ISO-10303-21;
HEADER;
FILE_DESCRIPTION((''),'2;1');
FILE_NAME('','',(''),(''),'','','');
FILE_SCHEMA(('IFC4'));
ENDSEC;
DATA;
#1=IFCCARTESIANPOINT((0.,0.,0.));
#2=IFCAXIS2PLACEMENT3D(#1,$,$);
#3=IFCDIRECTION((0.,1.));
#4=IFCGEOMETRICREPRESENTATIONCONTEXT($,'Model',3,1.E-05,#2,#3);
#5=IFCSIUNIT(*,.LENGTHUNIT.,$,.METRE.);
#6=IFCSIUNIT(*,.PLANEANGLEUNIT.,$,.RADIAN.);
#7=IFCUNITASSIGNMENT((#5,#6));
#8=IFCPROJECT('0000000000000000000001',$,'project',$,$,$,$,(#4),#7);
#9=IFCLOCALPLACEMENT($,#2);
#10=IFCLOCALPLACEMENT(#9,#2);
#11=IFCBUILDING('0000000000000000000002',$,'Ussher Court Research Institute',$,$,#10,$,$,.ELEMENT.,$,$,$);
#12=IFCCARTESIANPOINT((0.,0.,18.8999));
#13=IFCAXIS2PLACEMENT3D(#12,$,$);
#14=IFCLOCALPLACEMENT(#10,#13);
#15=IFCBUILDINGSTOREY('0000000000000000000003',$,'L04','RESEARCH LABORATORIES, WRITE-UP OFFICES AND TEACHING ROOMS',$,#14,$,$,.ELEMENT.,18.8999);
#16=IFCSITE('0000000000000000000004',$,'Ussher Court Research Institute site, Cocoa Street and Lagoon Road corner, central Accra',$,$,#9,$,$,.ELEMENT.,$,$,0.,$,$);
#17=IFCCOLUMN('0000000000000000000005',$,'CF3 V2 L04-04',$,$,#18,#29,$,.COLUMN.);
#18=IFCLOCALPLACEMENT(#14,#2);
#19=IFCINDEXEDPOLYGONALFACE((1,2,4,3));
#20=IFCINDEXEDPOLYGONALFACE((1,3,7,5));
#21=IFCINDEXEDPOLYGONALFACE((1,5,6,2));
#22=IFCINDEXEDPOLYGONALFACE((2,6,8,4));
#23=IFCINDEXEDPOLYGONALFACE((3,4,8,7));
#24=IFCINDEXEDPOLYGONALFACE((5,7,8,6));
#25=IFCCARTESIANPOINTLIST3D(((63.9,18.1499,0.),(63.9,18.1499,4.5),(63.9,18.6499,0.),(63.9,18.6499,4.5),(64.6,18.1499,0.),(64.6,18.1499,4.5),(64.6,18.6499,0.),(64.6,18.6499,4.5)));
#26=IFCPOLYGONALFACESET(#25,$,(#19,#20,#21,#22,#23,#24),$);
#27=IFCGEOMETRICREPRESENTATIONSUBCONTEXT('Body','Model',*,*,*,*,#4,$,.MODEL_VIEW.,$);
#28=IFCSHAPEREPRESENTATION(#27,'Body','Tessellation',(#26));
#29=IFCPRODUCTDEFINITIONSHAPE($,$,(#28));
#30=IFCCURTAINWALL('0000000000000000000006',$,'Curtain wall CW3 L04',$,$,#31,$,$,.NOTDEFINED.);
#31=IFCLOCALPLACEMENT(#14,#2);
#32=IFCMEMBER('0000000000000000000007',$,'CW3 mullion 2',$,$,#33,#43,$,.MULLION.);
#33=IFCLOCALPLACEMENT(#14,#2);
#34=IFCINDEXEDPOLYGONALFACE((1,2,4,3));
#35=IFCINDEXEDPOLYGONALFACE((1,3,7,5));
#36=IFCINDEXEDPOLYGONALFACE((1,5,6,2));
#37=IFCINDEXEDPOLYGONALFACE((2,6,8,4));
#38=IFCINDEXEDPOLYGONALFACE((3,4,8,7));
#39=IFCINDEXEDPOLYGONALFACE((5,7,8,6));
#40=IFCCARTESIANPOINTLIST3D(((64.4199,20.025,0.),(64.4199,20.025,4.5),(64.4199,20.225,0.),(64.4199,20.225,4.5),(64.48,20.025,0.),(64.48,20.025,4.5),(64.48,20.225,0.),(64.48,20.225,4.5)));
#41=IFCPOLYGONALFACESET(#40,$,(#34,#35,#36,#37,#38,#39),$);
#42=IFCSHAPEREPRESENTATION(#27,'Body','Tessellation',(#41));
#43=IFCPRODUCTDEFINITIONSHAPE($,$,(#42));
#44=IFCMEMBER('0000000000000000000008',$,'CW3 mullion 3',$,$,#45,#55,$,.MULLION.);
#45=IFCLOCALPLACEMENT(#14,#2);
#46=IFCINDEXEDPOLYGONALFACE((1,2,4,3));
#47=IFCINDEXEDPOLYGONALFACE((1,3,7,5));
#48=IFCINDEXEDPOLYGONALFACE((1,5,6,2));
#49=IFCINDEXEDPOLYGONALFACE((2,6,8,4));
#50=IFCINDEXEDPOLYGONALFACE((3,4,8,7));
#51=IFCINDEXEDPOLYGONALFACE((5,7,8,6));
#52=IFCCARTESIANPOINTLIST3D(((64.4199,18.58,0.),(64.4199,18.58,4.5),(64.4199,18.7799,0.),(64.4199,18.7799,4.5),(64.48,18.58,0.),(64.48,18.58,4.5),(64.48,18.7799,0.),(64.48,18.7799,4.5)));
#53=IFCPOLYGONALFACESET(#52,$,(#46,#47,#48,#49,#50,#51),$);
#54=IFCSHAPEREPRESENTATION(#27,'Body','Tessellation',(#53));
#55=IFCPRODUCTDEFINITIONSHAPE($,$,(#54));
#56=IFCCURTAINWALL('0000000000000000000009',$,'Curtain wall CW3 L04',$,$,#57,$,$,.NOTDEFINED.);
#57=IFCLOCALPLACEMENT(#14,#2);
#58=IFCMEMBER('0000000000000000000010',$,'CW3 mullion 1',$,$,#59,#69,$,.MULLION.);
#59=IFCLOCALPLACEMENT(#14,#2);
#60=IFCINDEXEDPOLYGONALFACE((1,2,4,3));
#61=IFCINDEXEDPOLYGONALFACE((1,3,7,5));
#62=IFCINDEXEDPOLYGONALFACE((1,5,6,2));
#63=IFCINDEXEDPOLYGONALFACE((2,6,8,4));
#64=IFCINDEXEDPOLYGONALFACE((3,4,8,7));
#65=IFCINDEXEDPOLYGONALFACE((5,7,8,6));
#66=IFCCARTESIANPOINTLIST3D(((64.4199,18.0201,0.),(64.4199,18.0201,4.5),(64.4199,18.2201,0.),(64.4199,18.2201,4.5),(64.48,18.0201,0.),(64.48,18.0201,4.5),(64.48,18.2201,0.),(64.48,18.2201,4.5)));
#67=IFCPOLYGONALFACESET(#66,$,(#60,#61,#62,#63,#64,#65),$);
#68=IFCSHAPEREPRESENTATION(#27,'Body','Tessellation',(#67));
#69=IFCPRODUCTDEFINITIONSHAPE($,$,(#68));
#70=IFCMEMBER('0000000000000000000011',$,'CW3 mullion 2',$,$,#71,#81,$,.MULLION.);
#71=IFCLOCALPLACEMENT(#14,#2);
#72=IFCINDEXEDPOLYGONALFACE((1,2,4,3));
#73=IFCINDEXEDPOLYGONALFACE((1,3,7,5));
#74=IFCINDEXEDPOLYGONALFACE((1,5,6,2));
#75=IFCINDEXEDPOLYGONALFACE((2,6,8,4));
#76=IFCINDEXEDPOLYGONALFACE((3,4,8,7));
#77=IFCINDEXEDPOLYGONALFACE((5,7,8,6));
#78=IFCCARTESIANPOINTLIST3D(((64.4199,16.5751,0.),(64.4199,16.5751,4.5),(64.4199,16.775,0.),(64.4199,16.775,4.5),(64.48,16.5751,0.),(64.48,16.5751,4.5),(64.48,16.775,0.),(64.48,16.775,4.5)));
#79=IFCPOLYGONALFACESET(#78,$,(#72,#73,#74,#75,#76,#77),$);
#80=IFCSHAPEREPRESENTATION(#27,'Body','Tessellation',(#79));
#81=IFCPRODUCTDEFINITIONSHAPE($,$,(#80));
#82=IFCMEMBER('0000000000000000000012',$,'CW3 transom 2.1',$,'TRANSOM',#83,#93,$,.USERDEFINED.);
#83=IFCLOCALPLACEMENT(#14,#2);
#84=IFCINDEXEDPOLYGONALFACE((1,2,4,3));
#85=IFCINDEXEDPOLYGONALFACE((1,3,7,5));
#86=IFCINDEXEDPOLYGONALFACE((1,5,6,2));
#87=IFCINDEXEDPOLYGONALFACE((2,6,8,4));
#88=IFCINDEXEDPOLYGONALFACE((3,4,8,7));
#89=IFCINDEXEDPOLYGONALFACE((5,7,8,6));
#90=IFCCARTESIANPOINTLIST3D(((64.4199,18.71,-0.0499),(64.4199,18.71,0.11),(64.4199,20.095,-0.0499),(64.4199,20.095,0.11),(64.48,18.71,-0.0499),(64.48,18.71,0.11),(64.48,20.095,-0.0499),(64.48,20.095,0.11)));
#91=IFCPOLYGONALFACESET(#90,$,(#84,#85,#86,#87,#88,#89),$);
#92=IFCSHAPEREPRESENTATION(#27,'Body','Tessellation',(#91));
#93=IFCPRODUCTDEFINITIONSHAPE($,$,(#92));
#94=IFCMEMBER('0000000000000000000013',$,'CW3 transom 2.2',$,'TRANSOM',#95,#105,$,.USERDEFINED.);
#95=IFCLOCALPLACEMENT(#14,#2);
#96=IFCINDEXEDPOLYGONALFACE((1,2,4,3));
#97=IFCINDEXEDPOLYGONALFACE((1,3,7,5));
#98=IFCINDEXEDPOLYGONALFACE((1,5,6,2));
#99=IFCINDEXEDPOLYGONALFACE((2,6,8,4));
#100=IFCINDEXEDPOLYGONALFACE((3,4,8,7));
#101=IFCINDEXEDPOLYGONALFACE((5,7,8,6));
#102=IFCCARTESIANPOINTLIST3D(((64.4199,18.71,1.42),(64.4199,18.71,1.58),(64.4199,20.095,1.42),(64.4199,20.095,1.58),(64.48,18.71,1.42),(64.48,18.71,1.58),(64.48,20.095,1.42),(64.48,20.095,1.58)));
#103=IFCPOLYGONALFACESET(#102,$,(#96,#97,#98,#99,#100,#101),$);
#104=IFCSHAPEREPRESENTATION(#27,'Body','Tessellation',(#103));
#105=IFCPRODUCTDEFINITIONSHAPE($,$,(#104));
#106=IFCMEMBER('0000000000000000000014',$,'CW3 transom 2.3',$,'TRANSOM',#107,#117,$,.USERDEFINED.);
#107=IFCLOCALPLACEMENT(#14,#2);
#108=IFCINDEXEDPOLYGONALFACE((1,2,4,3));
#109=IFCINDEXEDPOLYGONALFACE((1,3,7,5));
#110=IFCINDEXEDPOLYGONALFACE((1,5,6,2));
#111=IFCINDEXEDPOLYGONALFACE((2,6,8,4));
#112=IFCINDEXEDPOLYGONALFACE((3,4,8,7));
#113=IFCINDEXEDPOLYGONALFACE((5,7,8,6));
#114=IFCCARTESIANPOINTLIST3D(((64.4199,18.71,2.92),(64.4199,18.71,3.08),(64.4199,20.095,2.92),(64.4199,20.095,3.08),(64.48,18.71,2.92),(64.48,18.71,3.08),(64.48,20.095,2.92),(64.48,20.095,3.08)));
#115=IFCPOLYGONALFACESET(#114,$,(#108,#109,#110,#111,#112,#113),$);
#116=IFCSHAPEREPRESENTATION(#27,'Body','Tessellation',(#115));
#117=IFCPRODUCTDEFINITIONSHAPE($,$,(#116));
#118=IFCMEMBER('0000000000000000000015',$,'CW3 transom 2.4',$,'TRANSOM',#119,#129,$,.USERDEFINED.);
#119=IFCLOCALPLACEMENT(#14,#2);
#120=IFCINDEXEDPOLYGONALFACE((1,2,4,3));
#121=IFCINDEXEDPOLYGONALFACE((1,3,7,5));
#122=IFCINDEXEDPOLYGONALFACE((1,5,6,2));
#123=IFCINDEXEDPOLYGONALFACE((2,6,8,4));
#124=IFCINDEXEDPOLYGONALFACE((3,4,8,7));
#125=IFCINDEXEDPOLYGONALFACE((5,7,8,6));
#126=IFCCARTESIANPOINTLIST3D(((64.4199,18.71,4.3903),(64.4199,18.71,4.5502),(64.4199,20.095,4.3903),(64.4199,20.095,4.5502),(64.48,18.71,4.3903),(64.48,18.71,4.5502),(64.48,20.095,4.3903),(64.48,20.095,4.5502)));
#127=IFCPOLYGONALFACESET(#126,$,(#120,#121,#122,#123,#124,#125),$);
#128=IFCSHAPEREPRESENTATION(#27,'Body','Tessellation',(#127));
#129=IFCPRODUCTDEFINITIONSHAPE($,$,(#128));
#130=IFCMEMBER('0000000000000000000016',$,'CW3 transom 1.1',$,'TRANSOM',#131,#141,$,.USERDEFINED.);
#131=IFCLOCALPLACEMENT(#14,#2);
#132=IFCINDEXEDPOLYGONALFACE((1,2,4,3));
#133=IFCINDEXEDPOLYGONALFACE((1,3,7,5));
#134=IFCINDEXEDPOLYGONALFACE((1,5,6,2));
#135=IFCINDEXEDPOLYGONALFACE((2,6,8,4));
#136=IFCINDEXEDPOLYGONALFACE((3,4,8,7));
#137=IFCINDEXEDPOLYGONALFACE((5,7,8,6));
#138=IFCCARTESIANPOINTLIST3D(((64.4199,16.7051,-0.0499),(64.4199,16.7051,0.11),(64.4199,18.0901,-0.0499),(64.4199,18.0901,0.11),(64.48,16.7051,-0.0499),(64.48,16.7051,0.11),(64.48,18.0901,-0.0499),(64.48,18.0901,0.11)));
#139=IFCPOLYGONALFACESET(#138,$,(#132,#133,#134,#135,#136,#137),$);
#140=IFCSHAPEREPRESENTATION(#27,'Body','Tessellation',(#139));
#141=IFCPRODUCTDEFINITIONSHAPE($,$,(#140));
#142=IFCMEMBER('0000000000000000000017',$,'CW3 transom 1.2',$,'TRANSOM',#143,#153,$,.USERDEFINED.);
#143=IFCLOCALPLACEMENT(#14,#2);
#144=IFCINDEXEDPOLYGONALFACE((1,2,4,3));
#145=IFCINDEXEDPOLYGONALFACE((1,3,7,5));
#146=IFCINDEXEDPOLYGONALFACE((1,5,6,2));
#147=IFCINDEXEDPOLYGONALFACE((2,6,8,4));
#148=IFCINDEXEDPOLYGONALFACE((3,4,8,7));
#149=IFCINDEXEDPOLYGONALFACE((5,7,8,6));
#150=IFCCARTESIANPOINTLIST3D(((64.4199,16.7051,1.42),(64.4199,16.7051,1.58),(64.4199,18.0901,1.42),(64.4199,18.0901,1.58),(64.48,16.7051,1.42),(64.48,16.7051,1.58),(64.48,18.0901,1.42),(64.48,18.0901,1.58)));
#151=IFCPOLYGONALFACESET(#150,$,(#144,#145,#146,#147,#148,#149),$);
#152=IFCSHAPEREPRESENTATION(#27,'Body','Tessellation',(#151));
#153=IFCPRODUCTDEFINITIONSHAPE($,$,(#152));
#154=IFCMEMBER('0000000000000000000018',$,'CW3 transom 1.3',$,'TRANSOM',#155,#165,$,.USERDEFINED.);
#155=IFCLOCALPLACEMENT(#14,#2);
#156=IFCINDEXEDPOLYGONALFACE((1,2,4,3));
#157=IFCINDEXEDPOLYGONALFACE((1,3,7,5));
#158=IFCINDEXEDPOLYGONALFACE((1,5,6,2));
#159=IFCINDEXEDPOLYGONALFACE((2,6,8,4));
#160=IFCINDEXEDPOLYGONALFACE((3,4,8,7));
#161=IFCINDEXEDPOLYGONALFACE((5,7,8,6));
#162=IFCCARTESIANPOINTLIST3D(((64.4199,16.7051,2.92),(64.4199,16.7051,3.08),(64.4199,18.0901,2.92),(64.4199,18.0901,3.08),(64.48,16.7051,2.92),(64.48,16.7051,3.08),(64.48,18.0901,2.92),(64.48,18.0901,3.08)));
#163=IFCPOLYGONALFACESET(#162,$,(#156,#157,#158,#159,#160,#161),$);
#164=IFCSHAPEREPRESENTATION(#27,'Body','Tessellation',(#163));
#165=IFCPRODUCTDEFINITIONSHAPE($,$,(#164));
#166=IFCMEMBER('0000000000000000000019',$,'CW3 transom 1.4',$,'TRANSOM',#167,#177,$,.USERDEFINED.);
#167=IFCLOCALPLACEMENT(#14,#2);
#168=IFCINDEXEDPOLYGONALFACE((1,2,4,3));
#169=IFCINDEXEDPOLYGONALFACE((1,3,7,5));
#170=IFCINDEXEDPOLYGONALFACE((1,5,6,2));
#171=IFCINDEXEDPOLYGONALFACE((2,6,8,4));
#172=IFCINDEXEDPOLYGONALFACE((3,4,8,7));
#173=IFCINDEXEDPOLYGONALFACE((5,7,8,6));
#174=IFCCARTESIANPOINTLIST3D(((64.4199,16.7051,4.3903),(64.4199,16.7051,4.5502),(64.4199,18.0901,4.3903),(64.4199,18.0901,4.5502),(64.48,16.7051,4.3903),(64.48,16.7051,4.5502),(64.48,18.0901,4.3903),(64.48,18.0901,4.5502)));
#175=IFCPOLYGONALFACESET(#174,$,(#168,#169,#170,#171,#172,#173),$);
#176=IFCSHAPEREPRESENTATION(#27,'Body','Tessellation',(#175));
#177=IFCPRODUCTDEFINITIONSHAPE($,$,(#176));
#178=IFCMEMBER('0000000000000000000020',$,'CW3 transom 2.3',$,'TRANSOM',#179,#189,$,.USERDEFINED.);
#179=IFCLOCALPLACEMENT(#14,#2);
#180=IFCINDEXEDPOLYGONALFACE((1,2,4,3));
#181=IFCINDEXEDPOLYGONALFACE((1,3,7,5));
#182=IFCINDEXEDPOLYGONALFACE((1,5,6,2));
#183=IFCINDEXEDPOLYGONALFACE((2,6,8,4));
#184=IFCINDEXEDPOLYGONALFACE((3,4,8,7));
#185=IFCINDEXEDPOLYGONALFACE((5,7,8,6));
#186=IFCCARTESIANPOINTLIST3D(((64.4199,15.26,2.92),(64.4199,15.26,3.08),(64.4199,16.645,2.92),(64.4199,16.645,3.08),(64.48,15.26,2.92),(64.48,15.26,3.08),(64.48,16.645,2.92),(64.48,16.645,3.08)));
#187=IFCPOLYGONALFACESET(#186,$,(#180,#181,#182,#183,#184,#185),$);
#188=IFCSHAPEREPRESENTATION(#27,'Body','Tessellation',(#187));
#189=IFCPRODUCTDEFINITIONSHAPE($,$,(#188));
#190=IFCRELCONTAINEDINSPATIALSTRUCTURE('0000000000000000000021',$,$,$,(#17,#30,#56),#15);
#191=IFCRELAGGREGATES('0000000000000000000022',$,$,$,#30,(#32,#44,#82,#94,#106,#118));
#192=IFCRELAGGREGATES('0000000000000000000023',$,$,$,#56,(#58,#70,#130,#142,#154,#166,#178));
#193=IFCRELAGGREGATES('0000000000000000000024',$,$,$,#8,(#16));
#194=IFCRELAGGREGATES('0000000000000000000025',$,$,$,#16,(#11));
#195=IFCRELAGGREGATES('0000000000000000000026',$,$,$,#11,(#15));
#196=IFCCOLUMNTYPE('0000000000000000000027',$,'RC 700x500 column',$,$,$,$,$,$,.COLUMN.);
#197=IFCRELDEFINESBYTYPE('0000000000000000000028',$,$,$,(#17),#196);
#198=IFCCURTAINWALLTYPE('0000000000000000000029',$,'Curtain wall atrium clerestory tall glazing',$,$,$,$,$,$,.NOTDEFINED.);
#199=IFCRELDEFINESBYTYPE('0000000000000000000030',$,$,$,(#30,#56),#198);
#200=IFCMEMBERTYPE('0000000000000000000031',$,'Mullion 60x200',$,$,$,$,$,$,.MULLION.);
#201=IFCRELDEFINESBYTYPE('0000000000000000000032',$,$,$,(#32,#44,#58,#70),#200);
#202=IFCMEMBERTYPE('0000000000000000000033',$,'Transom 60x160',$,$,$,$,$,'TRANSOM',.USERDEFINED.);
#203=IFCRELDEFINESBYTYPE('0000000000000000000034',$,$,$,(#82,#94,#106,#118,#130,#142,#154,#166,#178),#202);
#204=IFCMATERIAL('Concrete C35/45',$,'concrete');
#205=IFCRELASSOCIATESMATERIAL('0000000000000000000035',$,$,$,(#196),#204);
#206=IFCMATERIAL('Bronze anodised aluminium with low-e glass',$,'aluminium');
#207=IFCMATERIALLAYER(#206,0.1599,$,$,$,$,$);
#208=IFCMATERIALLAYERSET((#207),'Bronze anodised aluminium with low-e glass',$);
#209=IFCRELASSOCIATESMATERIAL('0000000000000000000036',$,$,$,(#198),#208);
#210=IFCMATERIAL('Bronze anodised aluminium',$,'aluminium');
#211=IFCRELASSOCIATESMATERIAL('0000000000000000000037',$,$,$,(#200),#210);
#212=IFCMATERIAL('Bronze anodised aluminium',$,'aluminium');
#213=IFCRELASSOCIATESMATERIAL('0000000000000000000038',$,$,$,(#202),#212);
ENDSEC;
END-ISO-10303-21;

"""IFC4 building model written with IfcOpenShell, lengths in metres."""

from ifc_helpers import new_model, si_unit, direction, frame, origin, origin_2d, place, context, subcontext, project, spatial, rectangle, extrude, material, layer, layer_set, material_profile, profile_set, type_object, element, aggregate, save


model = new_model("IFC4")

# Units and contexts
model_context = context("Model", 3, precision=1e-05, world=origin(), true_north=direction((0.0, 1.0)))
body_context = subcontext(model_context, "Body", "Model", "MODEL_VIEW")
ifc_project = project(units=[si_unit("LENGTHUNIT", "METRE"), si_unit("PLANEANGLEUNIT", "RADIAN")], contexts=[model_context])

# Site, building, storey
site_placement = place(None, origin())
site = spatial("IfcSite", under=ifc_project, at=site_placement, Name="Ussher Court Research Institute site, Cocoa Street and Lagoon Road corner, central Accra", CompositionType="ELEMENT", RefElevation=0.0)
building_placement = place(site_placement, origin())
building = spatial("IfcBuilding", under=site, at=building_placement, Name="Ussher Court Research Institute", CompositionType="ELEMENT")
storey_placement = place(building_placement, frame((0.0, 0.0, 18.8999)))
storey = spatial("IfcBuildingStorey", under=building, at=storey_placement, Name="L04", Description="RESEARCH LABORATORIES, WRITE-UP OFFICES AND TEACHING ROOMS", CompositionType="ELEMENT", Elevation=18.8999)

# Column
ifc_material_1 = material(Name="Concrete C35/45", Category="concrete")
ifc_material_profile_1 = material_profile(ifc_material_1, rectangle(XDim=0.7, YDim=0.5, at=origin_2d()), Name="RC 700x500")
ifc_profile_set_1 = profile_set([ifc_material_profile_1], Name="Concrete C35/45")
column_type = type_object("IfcColumnType", Name="RC 700x500 column", PredefinedType="COLUMN", material=ifc_profile_set_1)
column_placement = place(storey_placement, frame((64.25, 18.3999, 0.0), z_axis=(0.0, 0.0, 1.0), x_axis=(1.0, 0.0, 0.0)))
element("IfcColumn", 1, at=column_placement, inside=storey, type_object=column_type, Name="CF3 V2 L04-04", PredefinedType="COLUMN", context=body_context, shape_type="SweptSolid", body=[
    extrude(rectangle(XDim=0.7, YDim=0.5, at=origin_2d()), origin(), (0.0, 0.0, 1.0), 4.5),
])

# Curtain walls, members
ifc_material_2 = material(Name="Bronze anodised aluminium with low-e glass", Category="aluminium")
ifc_layer_1 = layer(ifc_material_2, 0.1599)
ifc_layer_set_1 = layer_set([ifc_layer_1], Name="Bronze anodised aluminium with low-e glass")
curtain_wall_type = type_object("IfcCurtainWallType", Name="Curtain wall atrium clerestory tall glazing", PredefinedType="NOTDEFINED", material=ifc_layer_set_1)
curtain_wall_1_placement = place(storey_placement, origin())
curtain_wall_1 = element("IfcCurtainWall", 2, at=curtain_wall_1_placement, inside=storey, type_object=curtain_wall_type, Name="Curtain wall CW3 L04", PredefinedType="NOTDEFINED")
ifc_material_3 = material(Name="Bronze anodised aluminium", Category="aluminium")
ifc_material_profile_2 = material_profile(ifc_material_3, rectangle(XDim=0.0601, YDim=0.2, at=origin_2d()), Name="Mullion 60x200")
ifc_profile_set_2 = profile_set([ifc_material_profile_2], Name="Bronze anodised aluminium")
member_type_1 = type_object("IfcMemberType", Name="Mullion 60x200", PredefinedType="MULLION", material=ifc_profile_set_2)
member_1_placement = place(storey_placement, frame((64.45, 20.125, 0.0), z_axis=(0.0, 0.0, 1.0), x_axis=(1.0, 0.0, 0.0)))
member_1 = element("IfcMember", 3, at=member_1_placement, type_object=member_type_1, Name="CW3 mullion 2", PredefinedType="MULLION", context=body_context, shape_type="SweptSolid", body=[
    extrude(rectangle(XDim=0.0601, YDim=0.2, at=origin_2d()), origin(), (0.0, 0.0, 1.0), 4.5),
])
member_2_placement = place(storey_placement, frame((64.45, 18.6799, 0.0), z_axis=(0.0, 0.0, 1.0), x_axis=(1.0, 0.0, 0.0)))
member_2 = element("IfcMember", 4, at=member_2_placement, type_object=member_type_1, Name="CW3 mullion 3", PredefinedType="MULLION", context=body_context, shape_type="SweptSolid", body=[
    extrude(rectangle(XDim=0.0601, YDim=0.2, at=origin_2d()), origin(), (0.0, 0.0, 1.0), 4.5),
])
curtain_wall_2_placement = place(storey_placement, origin())
curtain_wall_2 = element("IfcCurtainWall", 5, at=curtain_wall_2_placement, inside=storey, type_object=curtain_wall_type, Name="Curtain wall CW3 L04", PredefinedType="NOTDEFINED")
member_3_placement = place(storey_placement, frame((64.45, 18.1201, 0.0), z_axis=(0.0, 0.0, 1.0), x_axis=(1.0, 0.0, 0.0)))
member_3 = element("IfcMember", 6, at=member_3_placement, type_object=member_type_1, Name="CW3 mullion 1", PredefinedType="MULLION", context=body_context, shape_type="SweptSolid", body=[
    extrude(rectangle(XDim=0.0601, YDim=0.2, at=origin_2d()), origin(), (0.0, 0.0, 1.0), 4.5),
])
member_4_placement = place(storey_placement, frame((64.45, 16.675, 0.0), z_axis=(0.0, 0.0, 1.0), x_axis=(1.0, 0.0, 0.0)))
member_4 = element("IfcMember", 7, at=member_4_placement, type_object=member_type_1, Name="CW3 mullion 2", PredefinedType="MULLION", context=body_context, shape_type="SweptSolid", body=[
    extrude(rectangle(XDim=0.0601, YDim=0.2, at=origin_2d()), origin(), (0.0, 0.0, 1.0), 4.5),
])

# Members
ifc_material_4 = material(Name="Bronze anodised aluminium", Category="aluminium")
ifc_material_profile_3 = material_profile(ifc_material_4, rectangle(XDim=0.0601, YDim=0.1599, at=origin_2d()), Name="Transom 60x160")
ifc_profile_set_3 = profile_set([ifc_material_profile_3], Name="Bronze anodised aluminium")
member_type_2 = type_object("IfcMemberType", Name="Transom 60x160", ElementType="TRANSOM", PredefinedType="USERDEFINED", material=ifc_profile_set_3)
member_5_placement = place(storey_placement, frame((64.45, 20.095, 0.03), z_axis=(0.0, -1.0, 0.0), x_axis=(1.0, 0.0, 0.0)))
member_5 = element("IfcMember", 8, at=member_5_placement, type_object=member_type_2, Name="CW3 transom 2.1", ObjectType="TRANSOM", PredefinedType="USERDEFINED", context=body_context, shape_type="SweptSolid", body=[
    extrude(rectangle(XDim=0.0601, YDim=0.1599, at=origin_2d()), origin(), (0.0, 0.0, 1.0), 1.385),
])
member_6_placement = place(storey_placement, frame((64.45, 20.095, 1.5), z_axis=(0.0, -1.0, 0.0), x_axis=(1.0, 0.0, 0.0)))
member_6 = element("IfcMember", 9, at=member_6_placement, type_object=member_type_2, Name="CW3 transom 2.2", ObjectType="TRANSOM", PredefinedType="USERDEFINED", context=body_context, shape_type="SweptSolid", body=[
    extrude(rectangle(XDim=0.0601, YDim=0.1599, at=origin_2d()), origin(), (0.0, 0.0, 1.0), 1.385),
])
member_7_placement = place(storey_placement, frame((64.45, 20.095, 3.0), z_axis=(0.0, -1.0, 0.0), x_axis=(1.0, 0.0, 0.0)))
member_7 = element("IfcMember", 10, at=member_7_placement, type_object=member_type_2, Name="CW3 transom 2.3", ObjectType="TRANSOM", PredefinedType="USERDEFINED", context=body_context, shape_type="SweptSolid", body=[
    extrude(rectangle(XDim=0.0601, YDim=0.1599, at=origin_2d()), origin(), (0.0, 0.0, 1.0), 1.385),
])
member_8_placement = place(storey_placement, frame((64.45, 20.095, 4.4702), z_axis=(0.0, -1.0, 0.0), x_axis=(1.0, 0.0, 0.0)))
member_8 = element("IfcMember", 11, at=member_8_placement, type_object=member_type_2, Name="CW3 transom 2.4", ObjectType="TRANSOM", PredefinedType="USERDEFINED", context=body_context, shape_type="SweptSolid", body=[
    extrude(rectangle(XDim=0.0601, YDim=0.1599, at=origin_2d()), origin(), (0.0, 0.0, 1.0), 1.385),
])
member_9_placement = place(storey_placement, frame((64.45, 18.0901, 0.03), z_axis=(0.0, -1.0, 0.0), x_axis=(1.0, 0.0, 0.0)))
member_9 = element("IfcMember", 12, at=member_9_placement, type_object=member_type_2, Name="CW3 transom 1.1", ObjectType="TRANSOM", PredefinedType="USERDEFINED", context=body_context, shape_type="SweptSolid", body=[
    extrude(rectangle(XDim=0.0601, YDim=0.1599, at=origin_2d()), origin(), (0.0, 0.0, 1.0), 1.385),
])
member_10_placement = place(storey_placement, frame((64.45, 18.0901, 1.5), z_axis=(0.0, -1.0, 0.0), x_axis=(1.0, 0.0, 0.0)))
member_10 = element("IfcMember", 13, at=member_10_placement, type_object=member_type_2, Name="CW3 transom 1.2", ObjectType="TRANSOM", PredefinedType="USERDEFINED", context=body_context, shape_type="SweptSolid", body=[
    extrude(rectangle(XDim=0.0601, YDim=0.1599, at=origin_2d()), origin(), (0.0, 0.0, 1.0), 1.385),
])
member_11_placement = place(storey_placement, frame((64.45, 18.0901, 3.0), z_axis=(0.0, -1.0, 0.0), x_axis=(1.0, 0.0, 0.0)))
member_11 = element("IfcMember", 14, at=member_11_placement, type_object=member_type_2, Name="CW3 transom 1.3", ObjectType="TRANSOM", PredefinedType="USERDEFINED", context=body_context, shape_type="SweptSolid", body=[
    extrude(rectangle(XDim=0.0601, YDim=0.1599, at=origin_2d()), origin(), (0.0, 0.0, 1.0), 1.385),
])
member_12_placement = place(storey_placement, frame((64.45, 18.0901, 4.4702), z_axis=(0.0, -1.0, 0.0), x_axis=(1.0, 0.0, 0.0)))
member_12 = element("IfcMember", 15, at=member_12_placement, type_object=member_type_2, Name="CW3 transom 1.4", ObjectType="TRANSOM", PredefinedType="USERDEFINED", context=body_context, shape_type="SweptSolid", body=[
    extrude(rectangle(XDim=0.0601, YDim=0.1599, at=origin_2d()), origin(), (0.0, 0.0, 1.0), 1.385),
])
member_13_placement = place(storey_placement, frame((64.45, 16.645, 3.0), z_axis=(0.0, -1.0, 0.0), x_axis=(1.0, 0.0, 0.0)))
member_13 = element("IfcMember", 16, at=member_13_placement, type_object=member_type_2, Name="CW3 transom 2.3", ObjectType="TRANSOM", PredefinedType="USERDEFINED", context=body_context, shape_type="SweptSolid", body=[
    extrude(rectangle(XDim=0.0601, YDim=0.1599, at=origin_2d()), origin(), (0.0, 0.0, 1.0), 1.385),
])

aggregate(curtain_wall_1, [member_1, member_2, member_5, member_6, member_7, member_8])
aggregate(curtain_wall_2, [member_3, member_4, member_9, member_10, member_11, member_12, member_13])

save(model, "model.ifc")
